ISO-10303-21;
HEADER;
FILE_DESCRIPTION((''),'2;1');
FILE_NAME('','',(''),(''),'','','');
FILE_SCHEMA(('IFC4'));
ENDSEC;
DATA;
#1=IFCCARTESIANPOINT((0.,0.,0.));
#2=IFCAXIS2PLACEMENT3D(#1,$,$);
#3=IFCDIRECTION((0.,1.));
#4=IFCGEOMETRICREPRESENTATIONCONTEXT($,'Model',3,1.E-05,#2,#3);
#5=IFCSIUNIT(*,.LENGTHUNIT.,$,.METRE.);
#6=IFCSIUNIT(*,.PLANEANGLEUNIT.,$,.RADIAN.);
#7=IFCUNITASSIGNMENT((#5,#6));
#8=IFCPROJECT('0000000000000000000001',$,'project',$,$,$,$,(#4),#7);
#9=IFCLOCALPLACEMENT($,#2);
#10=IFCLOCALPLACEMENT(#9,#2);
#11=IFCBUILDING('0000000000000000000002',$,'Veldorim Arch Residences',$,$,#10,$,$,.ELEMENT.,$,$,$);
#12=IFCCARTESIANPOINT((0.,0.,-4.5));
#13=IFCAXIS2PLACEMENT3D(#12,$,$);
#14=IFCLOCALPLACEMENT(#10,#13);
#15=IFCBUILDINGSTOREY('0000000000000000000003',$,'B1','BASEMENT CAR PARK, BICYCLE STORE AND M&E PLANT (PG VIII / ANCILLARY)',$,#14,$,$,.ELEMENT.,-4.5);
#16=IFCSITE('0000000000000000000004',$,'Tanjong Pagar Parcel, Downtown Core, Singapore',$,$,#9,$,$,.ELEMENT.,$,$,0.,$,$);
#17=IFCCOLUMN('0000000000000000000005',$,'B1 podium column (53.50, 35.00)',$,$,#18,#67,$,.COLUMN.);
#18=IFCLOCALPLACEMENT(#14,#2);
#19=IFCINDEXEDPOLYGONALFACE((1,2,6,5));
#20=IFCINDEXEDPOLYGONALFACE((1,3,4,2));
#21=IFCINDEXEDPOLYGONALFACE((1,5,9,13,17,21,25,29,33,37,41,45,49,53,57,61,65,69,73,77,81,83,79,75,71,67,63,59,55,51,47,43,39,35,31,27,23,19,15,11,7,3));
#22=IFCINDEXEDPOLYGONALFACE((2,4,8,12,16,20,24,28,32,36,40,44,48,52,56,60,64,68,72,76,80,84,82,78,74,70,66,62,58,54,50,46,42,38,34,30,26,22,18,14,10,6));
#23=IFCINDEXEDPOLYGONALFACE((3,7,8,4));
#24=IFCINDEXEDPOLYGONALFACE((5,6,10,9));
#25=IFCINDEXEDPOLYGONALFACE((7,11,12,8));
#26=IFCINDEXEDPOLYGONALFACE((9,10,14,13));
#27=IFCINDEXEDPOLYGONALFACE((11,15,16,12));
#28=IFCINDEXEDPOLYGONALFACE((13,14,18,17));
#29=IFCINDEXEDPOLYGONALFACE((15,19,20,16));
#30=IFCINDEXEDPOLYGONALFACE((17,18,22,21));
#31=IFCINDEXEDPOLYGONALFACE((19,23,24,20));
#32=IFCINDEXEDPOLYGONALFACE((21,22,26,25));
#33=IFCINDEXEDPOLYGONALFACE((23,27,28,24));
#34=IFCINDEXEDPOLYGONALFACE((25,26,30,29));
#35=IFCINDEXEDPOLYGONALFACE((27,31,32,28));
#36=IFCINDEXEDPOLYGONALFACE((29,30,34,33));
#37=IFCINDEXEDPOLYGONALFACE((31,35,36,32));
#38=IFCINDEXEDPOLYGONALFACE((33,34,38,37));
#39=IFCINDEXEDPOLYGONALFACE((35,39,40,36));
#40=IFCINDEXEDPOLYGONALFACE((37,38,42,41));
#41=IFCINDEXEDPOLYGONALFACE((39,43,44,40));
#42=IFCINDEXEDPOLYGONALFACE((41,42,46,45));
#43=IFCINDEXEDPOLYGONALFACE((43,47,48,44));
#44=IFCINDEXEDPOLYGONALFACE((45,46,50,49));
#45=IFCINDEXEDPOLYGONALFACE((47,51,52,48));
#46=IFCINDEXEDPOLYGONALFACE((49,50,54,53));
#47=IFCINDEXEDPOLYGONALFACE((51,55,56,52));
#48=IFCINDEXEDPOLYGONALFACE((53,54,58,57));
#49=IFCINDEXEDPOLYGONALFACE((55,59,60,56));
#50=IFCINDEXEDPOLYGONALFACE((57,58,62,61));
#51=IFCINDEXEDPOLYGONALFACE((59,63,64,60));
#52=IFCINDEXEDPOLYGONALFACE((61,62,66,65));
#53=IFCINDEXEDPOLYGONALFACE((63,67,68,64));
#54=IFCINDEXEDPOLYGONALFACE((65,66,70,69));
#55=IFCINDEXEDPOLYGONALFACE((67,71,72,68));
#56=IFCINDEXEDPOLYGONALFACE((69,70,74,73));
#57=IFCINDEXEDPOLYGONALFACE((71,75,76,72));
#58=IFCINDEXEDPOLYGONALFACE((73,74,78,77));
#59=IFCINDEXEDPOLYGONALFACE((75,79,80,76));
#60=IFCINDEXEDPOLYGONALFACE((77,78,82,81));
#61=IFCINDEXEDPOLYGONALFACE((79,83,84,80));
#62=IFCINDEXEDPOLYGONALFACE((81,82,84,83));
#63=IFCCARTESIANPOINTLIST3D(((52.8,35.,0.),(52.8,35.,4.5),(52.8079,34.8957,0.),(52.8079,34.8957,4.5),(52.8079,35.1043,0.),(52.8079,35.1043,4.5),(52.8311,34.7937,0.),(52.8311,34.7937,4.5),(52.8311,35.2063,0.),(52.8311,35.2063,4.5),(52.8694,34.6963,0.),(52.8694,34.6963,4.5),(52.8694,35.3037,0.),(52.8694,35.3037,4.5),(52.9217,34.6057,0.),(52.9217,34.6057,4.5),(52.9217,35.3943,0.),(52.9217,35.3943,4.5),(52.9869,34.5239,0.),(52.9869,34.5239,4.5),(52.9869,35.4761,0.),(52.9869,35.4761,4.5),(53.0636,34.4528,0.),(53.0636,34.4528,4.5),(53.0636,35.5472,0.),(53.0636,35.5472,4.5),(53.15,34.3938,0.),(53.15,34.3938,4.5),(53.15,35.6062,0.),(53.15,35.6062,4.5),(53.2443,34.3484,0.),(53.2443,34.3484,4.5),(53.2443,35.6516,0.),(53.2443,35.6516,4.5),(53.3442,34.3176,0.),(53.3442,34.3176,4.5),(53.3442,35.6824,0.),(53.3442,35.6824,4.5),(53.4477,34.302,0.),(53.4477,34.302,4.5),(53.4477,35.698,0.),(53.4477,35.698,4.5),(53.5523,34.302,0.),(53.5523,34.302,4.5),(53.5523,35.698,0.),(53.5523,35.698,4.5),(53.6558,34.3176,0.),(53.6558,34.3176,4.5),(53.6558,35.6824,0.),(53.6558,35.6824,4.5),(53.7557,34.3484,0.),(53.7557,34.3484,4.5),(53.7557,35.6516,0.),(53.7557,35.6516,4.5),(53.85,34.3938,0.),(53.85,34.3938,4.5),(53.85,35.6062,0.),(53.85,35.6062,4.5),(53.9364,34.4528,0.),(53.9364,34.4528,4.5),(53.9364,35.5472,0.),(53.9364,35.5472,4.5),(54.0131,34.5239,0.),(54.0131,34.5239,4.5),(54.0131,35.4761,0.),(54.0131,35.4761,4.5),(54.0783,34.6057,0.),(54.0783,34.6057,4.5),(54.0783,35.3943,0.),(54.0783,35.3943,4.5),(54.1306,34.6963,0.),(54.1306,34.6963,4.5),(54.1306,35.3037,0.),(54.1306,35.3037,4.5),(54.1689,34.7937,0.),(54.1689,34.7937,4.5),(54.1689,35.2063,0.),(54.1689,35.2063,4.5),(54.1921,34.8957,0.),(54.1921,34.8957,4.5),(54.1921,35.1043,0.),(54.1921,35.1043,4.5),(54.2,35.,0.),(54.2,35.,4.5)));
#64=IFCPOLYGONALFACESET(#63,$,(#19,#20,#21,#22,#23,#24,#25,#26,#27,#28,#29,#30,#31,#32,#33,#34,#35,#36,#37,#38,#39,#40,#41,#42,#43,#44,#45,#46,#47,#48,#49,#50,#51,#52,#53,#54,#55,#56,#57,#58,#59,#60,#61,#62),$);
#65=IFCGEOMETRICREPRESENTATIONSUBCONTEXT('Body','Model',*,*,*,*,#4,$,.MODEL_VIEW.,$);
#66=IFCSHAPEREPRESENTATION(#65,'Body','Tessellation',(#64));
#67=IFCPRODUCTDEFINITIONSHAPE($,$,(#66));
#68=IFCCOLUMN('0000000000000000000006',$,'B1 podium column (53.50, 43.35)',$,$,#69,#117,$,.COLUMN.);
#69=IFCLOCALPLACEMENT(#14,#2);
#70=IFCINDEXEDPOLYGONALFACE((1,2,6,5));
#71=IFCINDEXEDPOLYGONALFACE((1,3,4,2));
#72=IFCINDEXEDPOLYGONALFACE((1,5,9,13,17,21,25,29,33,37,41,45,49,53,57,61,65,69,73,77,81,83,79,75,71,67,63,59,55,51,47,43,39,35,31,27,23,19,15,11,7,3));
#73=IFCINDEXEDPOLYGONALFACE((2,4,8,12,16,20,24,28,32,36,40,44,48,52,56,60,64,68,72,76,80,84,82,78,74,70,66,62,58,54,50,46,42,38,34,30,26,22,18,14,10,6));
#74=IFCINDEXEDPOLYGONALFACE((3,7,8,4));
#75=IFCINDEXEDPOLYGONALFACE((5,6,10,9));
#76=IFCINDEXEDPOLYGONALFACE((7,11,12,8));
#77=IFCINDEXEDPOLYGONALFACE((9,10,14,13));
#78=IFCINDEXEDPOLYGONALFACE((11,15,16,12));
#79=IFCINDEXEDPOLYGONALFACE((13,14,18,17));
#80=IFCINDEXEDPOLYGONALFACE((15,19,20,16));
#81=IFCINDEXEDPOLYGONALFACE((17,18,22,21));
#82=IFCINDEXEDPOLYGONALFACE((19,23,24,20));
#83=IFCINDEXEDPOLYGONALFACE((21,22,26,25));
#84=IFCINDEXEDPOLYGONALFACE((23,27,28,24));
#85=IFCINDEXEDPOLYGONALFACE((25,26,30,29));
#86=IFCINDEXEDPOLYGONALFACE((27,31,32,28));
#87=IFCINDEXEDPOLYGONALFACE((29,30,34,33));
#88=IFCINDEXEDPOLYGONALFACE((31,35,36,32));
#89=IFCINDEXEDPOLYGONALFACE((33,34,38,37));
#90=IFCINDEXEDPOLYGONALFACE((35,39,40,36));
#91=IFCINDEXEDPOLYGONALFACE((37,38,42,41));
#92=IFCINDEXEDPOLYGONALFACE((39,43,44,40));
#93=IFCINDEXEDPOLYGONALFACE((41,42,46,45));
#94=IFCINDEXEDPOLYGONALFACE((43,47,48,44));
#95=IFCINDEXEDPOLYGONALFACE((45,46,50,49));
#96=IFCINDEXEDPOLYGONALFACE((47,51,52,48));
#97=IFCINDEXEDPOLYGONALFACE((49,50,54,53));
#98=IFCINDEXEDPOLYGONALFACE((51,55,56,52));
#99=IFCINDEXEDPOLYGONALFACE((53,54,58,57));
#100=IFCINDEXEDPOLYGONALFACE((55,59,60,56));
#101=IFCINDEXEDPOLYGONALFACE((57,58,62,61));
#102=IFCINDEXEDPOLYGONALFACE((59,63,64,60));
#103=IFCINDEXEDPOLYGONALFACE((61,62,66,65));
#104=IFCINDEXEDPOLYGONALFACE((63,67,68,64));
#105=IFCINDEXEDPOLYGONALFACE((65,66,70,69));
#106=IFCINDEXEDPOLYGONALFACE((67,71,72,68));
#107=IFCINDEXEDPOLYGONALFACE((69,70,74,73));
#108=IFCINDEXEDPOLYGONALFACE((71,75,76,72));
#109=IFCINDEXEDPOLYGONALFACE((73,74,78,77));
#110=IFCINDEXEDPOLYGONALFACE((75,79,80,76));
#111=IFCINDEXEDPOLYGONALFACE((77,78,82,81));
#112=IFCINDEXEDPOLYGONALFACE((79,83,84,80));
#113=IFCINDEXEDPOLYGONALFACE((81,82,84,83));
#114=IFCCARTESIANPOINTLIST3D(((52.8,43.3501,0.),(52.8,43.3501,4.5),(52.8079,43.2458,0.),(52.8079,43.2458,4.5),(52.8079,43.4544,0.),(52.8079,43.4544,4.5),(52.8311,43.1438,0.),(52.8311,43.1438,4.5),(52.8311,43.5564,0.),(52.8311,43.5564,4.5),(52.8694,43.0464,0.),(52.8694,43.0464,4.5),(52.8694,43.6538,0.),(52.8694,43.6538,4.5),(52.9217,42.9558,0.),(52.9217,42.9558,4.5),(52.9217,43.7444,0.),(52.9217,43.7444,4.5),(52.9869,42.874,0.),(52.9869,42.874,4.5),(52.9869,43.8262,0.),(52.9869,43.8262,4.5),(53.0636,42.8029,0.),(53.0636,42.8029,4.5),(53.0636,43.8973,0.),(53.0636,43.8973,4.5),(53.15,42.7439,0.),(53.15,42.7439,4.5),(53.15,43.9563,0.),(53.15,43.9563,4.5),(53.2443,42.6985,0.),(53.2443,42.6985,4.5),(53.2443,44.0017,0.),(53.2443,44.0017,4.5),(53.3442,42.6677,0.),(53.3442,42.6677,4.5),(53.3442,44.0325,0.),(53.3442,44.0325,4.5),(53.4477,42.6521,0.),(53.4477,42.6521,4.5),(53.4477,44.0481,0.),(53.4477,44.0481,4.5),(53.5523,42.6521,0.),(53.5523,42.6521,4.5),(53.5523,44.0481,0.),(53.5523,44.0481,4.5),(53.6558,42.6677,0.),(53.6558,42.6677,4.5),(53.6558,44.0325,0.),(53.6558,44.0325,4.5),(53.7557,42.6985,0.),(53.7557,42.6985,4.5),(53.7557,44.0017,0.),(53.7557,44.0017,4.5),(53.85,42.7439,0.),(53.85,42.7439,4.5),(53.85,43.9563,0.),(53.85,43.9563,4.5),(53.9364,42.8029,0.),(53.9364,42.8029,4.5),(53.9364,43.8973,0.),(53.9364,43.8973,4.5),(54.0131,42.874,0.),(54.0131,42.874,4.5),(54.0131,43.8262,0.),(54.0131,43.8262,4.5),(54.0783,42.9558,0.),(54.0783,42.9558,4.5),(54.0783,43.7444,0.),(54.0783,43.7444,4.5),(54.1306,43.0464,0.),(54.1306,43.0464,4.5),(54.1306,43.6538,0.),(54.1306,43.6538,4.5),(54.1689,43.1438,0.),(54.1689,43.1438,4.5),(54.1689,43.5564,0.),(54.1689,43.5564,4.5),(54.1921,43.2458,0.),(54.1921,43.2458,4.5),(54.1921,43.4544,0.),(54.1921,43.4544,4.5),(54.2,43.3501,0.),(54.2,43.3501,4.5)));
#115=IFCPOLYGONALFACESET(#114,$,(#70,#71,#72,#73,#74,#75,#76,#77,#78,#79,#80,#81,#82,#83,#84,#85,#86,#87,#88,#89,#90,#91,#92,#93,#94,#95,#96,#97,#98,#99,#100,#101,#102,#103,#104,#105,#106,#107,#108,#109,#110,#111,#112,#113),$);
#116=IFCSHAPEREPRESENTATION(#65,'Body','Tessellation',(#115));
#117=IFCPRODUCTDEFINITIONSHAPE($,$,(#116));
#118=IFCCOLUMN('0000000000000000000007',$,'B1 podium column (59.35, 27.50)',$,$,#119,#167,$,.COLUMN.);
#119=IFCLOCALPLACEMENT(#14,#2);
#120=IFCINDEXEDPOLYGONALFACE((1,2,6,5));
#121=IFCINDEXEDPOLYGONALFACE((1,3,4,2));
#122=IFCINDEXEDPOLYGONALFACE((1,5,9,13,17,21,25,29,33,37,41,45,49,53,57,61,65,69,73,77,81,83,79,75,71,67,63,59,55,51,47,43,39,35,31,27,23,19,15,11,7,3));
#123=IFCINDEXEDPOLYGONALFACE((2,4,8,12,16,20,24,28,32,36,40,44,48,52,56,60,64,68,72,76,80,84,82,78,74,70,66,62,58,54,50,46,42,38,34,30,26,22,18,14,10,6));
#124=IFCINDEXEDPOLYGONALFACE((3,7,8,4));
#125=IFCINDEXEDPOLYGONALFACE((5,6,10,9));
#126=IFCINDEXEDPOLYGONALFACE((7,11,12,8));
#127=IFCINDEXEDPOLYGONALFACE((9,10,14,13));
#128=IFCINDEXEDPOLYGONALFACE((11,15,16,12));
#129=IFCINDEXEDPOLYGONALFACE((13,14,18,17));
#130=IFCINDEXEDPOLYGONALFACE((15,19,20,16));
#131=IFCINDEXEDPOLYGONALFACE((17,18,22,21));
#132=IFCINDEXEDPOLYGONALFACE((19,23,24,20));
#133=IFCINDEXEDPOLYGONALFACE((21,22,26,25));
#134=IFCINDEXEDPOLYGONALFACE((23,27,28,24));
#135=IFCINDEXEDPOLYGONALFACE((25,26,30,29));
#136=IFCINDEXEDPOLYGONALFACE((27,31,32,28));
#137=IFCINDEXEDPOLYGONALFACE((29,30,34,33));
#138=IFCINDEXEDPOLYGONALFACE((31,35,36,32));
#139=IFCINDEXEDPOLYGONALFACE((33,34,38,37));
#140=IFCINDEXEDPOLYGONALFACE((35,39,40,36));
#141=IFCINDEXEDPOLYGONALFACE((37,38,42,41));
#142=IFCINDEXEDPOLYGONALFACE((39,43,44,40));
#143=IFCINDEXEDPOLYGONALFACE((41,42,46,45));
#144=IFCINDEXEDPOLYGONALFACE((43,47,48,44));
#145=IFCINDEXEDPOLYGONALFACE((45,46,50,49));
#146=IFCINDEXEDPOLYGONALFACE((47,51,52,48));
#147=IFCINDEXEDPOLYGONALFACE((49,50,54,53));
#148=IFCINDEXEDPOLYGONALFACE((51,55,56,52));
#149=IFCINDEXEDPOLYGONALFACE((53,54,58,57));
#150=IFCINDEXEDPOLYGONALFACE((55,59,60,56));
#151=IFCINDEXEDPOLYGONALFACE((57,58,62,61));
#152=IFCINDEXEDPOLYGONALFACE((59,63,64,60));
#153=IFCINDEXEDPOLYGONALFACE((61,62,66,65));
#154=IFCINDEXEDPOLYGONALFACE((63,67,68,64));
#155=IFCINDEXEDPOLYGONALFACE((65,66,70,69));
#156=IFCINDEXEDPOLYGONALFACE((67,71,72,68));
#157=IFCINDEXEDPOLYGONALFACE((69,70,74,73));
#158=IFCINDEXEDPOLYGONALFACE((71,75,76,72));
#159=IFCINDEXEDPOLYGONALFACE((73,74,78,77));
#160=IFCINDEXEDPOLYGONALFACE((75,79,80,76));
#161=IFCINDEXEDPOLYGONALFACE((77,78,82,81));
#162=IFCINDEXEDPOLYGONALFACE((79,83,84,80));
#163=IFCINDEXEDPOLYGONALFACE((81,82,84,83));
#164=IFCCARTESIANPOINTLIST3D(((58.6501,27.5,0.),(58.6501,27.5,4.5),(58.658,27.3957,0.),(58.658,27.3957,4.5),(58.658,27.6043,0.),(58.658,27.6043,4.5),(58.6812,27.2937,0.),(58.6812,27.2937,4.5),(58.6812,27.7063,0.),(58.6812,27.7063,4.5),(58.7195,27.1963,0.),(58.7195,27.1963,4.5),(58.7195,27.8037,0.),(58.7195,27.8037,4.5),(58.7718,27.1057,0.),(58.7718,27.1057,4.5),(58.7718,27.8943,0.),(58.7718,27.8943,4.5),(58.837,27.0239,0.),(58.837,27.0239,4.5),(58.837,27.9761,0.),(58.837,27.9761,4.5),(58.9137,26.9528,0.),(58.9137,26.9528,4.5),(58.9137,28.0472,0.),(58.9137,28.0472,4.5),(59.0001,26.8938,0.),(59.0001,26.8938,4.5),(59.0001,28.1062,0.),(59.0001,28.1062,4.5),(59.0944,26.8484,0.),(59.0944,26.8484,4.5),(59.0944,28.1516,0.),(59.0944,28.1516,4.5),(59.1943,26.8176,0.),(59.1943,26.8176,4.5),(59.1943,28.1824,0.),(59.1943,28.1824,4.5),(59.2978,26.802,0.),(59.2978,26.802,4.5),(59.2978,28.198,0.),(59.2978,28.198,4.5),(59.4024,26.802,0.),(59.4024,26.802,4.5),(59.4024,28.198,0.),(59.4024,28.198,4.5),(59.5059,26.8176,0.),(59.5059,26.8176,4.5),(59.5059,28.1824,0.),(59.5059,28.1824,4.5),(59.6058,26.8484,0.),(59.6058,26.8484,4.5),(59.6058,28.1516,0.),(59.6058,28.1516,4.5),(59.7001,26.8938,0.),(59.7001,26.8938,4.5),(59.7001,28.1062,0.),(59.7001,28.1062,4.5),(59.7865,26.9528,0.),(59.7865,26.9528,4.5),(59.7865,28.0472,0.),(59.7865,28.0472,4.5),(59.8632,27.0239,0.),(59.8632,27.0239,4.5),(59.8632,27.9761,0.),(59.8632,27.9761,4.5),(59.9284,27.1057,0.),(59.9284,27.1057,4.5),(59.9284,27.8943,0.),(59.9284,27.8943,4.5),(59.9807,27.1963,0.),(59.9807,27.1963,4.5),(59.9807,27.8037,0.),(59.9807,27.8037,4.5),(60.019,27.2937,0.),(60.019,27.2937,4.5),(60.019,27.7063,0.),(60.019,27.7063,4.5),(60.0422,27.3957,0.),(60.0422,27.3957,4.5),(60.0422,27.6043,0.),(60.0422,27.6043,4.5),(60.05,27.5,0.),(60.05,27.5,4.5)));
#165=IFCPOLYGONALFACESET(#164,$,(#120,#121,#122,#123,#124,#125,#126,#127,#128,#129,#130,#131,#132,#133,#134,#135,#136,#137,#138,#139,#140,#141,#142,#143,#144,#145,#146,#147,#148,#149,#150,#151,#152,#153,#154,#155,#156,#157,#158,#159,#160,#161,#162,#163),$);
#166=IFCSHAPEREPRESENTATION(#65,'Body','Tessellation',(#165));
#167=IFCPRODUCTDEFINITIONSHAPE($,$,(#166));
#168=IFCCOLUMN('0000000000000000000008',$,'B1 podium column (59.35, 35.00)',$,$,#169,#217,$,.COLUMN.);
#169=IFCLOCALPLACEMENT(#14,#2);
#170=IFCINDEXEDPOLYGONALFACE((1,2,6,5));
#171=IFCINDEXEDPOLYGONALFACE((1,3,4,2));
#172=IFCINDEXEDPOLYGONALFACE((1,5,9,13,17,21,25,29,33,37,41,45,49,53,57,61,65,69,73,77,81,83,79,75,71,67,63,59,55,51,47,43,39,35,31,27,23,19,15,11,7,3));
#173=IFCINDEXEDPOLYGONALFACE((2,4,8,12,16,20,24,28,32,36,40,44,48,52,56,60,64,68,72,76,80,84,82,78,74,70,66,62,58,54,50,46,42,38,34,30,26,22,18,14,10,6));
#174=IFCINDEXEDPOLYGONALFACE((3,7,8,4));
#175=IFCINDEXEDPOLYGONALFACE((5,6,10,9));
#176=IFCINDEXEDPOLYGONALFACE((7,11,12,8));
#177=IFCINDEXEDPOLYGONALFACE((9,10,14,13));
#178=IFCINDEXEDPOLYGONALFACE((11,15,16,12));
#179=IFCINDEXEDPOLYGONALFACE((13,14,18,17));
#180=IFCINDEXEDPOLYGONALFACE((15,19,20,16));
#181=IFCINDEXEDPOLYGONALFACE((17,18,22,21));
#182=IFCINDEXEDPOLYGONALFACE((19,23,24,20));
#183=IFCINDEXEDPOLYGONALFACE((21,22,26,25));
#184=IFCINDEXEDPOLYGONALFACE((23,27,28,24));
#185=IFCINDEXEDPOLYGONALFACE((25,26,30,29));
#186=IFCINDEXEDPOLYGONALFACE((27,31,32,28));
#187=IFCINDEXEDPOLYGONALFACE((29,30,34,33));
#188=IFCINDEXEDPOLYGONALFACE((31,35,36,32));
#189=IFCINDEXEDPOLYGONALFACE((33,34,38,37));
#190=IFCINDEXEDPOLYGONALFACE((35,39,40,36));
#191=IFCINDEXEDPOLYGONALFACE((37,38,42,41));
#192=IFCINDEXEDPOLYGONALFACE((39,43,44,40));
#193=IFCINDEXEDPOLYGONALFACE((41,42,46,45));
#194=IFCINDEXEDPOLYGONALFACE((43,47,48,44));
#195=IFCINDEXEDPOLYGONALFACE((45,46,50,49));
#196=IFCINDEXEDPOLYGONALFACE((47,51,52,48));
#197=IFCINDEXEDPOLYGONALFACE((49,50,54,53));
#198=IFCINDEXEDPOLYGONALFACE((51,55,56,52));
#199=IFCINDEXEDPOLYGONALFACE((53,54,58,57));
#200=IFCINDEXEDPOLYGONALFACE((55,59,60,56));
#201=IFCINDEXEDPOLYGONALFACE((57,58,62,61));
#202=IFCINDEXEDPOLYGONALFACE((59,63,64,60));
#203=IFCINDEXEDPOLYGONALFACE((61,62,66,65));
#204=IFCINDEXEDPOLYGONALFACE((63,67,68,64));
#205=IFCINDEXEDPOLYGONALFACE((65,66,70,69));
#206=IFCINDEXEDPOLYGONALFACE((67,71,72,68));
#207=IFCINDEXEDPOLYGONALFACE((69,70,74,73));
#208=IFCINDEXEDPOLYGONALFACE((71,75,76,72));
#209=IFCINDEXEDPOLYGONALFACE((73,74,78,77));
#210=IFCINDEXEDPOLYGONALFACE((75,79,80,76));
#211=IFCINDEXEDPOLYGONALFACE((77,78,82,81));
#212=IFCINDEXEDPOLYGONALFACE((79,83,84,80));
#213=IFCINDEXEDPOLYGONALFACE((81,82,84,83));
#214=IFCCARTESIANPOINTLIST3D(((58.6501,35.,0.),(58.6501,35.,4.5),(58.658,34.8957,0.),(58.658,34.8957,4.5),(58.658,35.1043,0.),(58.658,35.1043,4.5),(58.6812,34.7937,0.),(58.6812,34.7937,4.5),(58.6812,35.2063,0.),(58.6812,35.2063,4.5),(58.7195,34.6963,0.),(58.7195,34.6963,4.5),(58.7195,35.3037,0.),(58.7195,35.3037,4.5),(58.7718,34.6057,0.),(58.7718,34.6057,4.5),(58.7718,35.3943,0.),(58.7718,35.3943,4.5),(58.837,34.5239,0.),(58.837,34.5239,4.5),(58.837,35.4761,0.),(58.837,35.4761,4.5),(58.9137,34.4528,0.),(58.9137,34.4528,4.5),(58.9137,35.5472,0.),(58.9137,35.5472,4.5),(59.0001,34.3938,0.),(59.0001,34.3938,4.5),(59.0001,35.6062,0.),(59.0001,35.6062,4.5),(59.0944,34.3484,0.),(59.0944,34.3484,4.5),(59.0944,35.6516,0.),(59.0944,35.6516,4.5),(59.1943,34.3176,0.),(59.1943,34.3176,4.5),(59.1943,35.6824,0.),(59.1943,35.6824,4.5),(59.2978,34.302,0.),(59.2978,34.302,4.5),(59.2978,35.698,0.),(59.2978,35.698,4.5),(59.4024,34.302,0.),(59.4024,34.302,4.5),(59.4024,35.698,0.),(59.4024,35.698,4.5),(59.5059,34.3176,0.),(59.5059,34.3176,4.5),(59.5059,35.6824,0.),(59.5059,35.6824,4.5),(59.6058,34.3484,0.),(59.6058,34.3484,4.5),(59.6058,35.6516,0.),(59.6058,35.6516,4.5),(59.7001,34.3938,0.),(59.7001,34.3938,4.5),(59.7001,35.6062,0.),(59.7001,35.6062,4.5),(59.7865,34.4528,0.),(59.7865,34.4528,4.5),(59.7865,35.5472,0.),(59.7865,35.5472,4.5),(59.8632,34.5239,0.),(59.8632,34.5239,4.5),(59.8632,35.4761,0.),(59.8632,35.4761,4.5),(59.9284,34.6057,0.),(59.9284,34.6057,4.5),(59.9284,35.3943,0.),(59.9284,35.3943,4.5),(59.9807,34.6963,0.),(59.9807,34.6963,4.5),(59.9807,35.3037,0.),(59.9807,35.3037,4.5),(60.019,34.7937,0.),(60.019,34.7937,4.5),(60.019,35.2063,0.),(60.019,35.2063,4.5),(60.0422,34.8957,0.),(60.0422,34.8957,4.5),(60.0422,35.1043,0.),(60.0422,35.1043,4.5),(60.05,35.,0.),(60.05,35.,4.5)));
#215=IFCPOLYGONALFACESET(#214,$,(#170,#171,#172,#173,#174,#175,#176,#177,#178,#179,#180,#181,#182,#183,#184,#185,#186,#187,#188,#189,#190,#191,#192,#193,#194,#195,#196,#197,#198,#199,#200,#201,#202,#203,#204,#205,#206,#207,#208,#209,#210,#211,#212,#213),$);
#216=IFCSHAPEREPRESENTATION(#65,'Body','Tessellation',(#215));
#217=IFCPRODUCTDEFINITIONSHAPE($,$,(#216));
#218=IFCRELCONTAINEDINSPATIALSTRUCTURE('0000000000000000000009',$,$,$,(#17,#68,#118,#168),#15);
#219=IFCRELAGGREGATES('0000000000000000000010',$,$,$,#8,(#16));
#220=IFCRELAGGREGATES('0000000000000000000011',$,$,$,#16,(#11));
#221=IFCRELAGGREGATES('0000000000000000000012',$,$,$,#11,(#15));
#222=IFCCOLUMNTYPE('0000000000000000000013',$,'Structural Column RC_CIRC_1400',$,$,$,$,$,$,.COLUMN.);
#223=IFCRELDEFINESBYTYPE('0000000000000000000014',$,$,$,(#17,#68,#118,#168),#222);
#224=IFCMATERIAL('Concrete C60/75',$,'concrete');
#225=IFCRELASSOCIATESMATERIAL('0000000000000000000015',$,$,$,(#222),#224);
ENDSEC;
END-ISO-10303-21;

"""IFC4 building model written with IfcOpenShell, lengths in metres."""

from ifc_helpers import new_model, si_unit, direction, frame, origin, origin_2d, place, context, subcontext, project, spatial, circle, extrude, material, material_profile, profile_set, type_object, element, save


model = new_model("IFC4")

# Units and contexts
model_context = context("Model", 3, precision=1e-05, world=origin(), true_north=direction((0.0, 1.0)))
body_context = subcontext(model_context, "Body", "Model", "MODEL_VIEW")
ifc_project = project(units=[si_unit("LENGTHUNIT", "METRE"), si_unit("PLANEANGLEUNIT", "RADIAN")], contexts=[model_context])

# Site, building, storey
site_placement = place(None, origin())
site = spatial("IfcSite", under=ifc_project, at=site_placement, Name="Tanjong Pagar Parcel, Downtown Core, Singapore", CompositionType="ELEMENT", RefElevation=0.0)
building_placement = place(site_placement, origin())
building = spatial("IfcBuilding", under=site, at=building_placement, Name="Veldorim Arch Residences", CompositionType="ELEMENT")
storey_placement = place(building_placement, frame((0.0, 0.0, -4.5)))
storey = spatial("IfcBuildingStorey", under=building, at=storey_placement, Name="B1", Description="BASEMENT CAR PARK, BICYCLE STORE AND M&E PLANT (PG VIII / ANCILLARY)", CompositionType="ELEMENT", Elevation=-4.5)

# Columns
ifc_material_1 = material(Name="Concrete C60/75", Category="concrete")
ifc_material_profile_1 = material_profile(ifc_material_1, circle(Radius=0.7, at=origin_2d()), Name="RC_CIRC_1400")
ifc_profile_set_1 = profile_set([ifc_material_profile_1], Name="Concrete C60/75")
column_type_1 = type_object("IfcColumnType", Name="Structural Column RC_CIRC_1400", PredefinedType="COLUMN", material=ifc_profile_set_1)
for number, where, z_axis, x_axis, name in (
    (1, (53.5, 35.0, 0.0), (0.0, 0.0, 1.0), (1.0, 0.0, 0.0), "B1 podium column (53.50, 35.00)"),
    (2, (53.5, 43.3501, 0.0), (0.0, 0.0, 1.0), (1.0, 0.0, 0.0), "B1 podium column (53.50, 43.35)"),
    (3, (59.3501, 27.5, 0.0), (0.0, 0.0, 1.0), (1.0, 0.0, 0.0), "B1 podium column (59.35, 27.50)"),
    (4, (59.3501, 35.0, 0.0), (0.0, 0.0, 1.0), (1.0, 0.0, 0.0), "B1 podium column (59.35, 35.00)"),
):
    element("IfcColumn", number, at=place(storey_placement, frame(where, z_axis=z_axis, x_axis=x_axis)), inside=storey, type_object=column_type_1, Name=name, PredefinedType="COLUMN", context=body_context, shape_type="SweptSolid", body=[
        extrude(circle(Radius=0.7, at=origin_2d()), origin(), (0.0, 0.0, 1.0), 4.5),
    ])

save(model, "model.ifc")
